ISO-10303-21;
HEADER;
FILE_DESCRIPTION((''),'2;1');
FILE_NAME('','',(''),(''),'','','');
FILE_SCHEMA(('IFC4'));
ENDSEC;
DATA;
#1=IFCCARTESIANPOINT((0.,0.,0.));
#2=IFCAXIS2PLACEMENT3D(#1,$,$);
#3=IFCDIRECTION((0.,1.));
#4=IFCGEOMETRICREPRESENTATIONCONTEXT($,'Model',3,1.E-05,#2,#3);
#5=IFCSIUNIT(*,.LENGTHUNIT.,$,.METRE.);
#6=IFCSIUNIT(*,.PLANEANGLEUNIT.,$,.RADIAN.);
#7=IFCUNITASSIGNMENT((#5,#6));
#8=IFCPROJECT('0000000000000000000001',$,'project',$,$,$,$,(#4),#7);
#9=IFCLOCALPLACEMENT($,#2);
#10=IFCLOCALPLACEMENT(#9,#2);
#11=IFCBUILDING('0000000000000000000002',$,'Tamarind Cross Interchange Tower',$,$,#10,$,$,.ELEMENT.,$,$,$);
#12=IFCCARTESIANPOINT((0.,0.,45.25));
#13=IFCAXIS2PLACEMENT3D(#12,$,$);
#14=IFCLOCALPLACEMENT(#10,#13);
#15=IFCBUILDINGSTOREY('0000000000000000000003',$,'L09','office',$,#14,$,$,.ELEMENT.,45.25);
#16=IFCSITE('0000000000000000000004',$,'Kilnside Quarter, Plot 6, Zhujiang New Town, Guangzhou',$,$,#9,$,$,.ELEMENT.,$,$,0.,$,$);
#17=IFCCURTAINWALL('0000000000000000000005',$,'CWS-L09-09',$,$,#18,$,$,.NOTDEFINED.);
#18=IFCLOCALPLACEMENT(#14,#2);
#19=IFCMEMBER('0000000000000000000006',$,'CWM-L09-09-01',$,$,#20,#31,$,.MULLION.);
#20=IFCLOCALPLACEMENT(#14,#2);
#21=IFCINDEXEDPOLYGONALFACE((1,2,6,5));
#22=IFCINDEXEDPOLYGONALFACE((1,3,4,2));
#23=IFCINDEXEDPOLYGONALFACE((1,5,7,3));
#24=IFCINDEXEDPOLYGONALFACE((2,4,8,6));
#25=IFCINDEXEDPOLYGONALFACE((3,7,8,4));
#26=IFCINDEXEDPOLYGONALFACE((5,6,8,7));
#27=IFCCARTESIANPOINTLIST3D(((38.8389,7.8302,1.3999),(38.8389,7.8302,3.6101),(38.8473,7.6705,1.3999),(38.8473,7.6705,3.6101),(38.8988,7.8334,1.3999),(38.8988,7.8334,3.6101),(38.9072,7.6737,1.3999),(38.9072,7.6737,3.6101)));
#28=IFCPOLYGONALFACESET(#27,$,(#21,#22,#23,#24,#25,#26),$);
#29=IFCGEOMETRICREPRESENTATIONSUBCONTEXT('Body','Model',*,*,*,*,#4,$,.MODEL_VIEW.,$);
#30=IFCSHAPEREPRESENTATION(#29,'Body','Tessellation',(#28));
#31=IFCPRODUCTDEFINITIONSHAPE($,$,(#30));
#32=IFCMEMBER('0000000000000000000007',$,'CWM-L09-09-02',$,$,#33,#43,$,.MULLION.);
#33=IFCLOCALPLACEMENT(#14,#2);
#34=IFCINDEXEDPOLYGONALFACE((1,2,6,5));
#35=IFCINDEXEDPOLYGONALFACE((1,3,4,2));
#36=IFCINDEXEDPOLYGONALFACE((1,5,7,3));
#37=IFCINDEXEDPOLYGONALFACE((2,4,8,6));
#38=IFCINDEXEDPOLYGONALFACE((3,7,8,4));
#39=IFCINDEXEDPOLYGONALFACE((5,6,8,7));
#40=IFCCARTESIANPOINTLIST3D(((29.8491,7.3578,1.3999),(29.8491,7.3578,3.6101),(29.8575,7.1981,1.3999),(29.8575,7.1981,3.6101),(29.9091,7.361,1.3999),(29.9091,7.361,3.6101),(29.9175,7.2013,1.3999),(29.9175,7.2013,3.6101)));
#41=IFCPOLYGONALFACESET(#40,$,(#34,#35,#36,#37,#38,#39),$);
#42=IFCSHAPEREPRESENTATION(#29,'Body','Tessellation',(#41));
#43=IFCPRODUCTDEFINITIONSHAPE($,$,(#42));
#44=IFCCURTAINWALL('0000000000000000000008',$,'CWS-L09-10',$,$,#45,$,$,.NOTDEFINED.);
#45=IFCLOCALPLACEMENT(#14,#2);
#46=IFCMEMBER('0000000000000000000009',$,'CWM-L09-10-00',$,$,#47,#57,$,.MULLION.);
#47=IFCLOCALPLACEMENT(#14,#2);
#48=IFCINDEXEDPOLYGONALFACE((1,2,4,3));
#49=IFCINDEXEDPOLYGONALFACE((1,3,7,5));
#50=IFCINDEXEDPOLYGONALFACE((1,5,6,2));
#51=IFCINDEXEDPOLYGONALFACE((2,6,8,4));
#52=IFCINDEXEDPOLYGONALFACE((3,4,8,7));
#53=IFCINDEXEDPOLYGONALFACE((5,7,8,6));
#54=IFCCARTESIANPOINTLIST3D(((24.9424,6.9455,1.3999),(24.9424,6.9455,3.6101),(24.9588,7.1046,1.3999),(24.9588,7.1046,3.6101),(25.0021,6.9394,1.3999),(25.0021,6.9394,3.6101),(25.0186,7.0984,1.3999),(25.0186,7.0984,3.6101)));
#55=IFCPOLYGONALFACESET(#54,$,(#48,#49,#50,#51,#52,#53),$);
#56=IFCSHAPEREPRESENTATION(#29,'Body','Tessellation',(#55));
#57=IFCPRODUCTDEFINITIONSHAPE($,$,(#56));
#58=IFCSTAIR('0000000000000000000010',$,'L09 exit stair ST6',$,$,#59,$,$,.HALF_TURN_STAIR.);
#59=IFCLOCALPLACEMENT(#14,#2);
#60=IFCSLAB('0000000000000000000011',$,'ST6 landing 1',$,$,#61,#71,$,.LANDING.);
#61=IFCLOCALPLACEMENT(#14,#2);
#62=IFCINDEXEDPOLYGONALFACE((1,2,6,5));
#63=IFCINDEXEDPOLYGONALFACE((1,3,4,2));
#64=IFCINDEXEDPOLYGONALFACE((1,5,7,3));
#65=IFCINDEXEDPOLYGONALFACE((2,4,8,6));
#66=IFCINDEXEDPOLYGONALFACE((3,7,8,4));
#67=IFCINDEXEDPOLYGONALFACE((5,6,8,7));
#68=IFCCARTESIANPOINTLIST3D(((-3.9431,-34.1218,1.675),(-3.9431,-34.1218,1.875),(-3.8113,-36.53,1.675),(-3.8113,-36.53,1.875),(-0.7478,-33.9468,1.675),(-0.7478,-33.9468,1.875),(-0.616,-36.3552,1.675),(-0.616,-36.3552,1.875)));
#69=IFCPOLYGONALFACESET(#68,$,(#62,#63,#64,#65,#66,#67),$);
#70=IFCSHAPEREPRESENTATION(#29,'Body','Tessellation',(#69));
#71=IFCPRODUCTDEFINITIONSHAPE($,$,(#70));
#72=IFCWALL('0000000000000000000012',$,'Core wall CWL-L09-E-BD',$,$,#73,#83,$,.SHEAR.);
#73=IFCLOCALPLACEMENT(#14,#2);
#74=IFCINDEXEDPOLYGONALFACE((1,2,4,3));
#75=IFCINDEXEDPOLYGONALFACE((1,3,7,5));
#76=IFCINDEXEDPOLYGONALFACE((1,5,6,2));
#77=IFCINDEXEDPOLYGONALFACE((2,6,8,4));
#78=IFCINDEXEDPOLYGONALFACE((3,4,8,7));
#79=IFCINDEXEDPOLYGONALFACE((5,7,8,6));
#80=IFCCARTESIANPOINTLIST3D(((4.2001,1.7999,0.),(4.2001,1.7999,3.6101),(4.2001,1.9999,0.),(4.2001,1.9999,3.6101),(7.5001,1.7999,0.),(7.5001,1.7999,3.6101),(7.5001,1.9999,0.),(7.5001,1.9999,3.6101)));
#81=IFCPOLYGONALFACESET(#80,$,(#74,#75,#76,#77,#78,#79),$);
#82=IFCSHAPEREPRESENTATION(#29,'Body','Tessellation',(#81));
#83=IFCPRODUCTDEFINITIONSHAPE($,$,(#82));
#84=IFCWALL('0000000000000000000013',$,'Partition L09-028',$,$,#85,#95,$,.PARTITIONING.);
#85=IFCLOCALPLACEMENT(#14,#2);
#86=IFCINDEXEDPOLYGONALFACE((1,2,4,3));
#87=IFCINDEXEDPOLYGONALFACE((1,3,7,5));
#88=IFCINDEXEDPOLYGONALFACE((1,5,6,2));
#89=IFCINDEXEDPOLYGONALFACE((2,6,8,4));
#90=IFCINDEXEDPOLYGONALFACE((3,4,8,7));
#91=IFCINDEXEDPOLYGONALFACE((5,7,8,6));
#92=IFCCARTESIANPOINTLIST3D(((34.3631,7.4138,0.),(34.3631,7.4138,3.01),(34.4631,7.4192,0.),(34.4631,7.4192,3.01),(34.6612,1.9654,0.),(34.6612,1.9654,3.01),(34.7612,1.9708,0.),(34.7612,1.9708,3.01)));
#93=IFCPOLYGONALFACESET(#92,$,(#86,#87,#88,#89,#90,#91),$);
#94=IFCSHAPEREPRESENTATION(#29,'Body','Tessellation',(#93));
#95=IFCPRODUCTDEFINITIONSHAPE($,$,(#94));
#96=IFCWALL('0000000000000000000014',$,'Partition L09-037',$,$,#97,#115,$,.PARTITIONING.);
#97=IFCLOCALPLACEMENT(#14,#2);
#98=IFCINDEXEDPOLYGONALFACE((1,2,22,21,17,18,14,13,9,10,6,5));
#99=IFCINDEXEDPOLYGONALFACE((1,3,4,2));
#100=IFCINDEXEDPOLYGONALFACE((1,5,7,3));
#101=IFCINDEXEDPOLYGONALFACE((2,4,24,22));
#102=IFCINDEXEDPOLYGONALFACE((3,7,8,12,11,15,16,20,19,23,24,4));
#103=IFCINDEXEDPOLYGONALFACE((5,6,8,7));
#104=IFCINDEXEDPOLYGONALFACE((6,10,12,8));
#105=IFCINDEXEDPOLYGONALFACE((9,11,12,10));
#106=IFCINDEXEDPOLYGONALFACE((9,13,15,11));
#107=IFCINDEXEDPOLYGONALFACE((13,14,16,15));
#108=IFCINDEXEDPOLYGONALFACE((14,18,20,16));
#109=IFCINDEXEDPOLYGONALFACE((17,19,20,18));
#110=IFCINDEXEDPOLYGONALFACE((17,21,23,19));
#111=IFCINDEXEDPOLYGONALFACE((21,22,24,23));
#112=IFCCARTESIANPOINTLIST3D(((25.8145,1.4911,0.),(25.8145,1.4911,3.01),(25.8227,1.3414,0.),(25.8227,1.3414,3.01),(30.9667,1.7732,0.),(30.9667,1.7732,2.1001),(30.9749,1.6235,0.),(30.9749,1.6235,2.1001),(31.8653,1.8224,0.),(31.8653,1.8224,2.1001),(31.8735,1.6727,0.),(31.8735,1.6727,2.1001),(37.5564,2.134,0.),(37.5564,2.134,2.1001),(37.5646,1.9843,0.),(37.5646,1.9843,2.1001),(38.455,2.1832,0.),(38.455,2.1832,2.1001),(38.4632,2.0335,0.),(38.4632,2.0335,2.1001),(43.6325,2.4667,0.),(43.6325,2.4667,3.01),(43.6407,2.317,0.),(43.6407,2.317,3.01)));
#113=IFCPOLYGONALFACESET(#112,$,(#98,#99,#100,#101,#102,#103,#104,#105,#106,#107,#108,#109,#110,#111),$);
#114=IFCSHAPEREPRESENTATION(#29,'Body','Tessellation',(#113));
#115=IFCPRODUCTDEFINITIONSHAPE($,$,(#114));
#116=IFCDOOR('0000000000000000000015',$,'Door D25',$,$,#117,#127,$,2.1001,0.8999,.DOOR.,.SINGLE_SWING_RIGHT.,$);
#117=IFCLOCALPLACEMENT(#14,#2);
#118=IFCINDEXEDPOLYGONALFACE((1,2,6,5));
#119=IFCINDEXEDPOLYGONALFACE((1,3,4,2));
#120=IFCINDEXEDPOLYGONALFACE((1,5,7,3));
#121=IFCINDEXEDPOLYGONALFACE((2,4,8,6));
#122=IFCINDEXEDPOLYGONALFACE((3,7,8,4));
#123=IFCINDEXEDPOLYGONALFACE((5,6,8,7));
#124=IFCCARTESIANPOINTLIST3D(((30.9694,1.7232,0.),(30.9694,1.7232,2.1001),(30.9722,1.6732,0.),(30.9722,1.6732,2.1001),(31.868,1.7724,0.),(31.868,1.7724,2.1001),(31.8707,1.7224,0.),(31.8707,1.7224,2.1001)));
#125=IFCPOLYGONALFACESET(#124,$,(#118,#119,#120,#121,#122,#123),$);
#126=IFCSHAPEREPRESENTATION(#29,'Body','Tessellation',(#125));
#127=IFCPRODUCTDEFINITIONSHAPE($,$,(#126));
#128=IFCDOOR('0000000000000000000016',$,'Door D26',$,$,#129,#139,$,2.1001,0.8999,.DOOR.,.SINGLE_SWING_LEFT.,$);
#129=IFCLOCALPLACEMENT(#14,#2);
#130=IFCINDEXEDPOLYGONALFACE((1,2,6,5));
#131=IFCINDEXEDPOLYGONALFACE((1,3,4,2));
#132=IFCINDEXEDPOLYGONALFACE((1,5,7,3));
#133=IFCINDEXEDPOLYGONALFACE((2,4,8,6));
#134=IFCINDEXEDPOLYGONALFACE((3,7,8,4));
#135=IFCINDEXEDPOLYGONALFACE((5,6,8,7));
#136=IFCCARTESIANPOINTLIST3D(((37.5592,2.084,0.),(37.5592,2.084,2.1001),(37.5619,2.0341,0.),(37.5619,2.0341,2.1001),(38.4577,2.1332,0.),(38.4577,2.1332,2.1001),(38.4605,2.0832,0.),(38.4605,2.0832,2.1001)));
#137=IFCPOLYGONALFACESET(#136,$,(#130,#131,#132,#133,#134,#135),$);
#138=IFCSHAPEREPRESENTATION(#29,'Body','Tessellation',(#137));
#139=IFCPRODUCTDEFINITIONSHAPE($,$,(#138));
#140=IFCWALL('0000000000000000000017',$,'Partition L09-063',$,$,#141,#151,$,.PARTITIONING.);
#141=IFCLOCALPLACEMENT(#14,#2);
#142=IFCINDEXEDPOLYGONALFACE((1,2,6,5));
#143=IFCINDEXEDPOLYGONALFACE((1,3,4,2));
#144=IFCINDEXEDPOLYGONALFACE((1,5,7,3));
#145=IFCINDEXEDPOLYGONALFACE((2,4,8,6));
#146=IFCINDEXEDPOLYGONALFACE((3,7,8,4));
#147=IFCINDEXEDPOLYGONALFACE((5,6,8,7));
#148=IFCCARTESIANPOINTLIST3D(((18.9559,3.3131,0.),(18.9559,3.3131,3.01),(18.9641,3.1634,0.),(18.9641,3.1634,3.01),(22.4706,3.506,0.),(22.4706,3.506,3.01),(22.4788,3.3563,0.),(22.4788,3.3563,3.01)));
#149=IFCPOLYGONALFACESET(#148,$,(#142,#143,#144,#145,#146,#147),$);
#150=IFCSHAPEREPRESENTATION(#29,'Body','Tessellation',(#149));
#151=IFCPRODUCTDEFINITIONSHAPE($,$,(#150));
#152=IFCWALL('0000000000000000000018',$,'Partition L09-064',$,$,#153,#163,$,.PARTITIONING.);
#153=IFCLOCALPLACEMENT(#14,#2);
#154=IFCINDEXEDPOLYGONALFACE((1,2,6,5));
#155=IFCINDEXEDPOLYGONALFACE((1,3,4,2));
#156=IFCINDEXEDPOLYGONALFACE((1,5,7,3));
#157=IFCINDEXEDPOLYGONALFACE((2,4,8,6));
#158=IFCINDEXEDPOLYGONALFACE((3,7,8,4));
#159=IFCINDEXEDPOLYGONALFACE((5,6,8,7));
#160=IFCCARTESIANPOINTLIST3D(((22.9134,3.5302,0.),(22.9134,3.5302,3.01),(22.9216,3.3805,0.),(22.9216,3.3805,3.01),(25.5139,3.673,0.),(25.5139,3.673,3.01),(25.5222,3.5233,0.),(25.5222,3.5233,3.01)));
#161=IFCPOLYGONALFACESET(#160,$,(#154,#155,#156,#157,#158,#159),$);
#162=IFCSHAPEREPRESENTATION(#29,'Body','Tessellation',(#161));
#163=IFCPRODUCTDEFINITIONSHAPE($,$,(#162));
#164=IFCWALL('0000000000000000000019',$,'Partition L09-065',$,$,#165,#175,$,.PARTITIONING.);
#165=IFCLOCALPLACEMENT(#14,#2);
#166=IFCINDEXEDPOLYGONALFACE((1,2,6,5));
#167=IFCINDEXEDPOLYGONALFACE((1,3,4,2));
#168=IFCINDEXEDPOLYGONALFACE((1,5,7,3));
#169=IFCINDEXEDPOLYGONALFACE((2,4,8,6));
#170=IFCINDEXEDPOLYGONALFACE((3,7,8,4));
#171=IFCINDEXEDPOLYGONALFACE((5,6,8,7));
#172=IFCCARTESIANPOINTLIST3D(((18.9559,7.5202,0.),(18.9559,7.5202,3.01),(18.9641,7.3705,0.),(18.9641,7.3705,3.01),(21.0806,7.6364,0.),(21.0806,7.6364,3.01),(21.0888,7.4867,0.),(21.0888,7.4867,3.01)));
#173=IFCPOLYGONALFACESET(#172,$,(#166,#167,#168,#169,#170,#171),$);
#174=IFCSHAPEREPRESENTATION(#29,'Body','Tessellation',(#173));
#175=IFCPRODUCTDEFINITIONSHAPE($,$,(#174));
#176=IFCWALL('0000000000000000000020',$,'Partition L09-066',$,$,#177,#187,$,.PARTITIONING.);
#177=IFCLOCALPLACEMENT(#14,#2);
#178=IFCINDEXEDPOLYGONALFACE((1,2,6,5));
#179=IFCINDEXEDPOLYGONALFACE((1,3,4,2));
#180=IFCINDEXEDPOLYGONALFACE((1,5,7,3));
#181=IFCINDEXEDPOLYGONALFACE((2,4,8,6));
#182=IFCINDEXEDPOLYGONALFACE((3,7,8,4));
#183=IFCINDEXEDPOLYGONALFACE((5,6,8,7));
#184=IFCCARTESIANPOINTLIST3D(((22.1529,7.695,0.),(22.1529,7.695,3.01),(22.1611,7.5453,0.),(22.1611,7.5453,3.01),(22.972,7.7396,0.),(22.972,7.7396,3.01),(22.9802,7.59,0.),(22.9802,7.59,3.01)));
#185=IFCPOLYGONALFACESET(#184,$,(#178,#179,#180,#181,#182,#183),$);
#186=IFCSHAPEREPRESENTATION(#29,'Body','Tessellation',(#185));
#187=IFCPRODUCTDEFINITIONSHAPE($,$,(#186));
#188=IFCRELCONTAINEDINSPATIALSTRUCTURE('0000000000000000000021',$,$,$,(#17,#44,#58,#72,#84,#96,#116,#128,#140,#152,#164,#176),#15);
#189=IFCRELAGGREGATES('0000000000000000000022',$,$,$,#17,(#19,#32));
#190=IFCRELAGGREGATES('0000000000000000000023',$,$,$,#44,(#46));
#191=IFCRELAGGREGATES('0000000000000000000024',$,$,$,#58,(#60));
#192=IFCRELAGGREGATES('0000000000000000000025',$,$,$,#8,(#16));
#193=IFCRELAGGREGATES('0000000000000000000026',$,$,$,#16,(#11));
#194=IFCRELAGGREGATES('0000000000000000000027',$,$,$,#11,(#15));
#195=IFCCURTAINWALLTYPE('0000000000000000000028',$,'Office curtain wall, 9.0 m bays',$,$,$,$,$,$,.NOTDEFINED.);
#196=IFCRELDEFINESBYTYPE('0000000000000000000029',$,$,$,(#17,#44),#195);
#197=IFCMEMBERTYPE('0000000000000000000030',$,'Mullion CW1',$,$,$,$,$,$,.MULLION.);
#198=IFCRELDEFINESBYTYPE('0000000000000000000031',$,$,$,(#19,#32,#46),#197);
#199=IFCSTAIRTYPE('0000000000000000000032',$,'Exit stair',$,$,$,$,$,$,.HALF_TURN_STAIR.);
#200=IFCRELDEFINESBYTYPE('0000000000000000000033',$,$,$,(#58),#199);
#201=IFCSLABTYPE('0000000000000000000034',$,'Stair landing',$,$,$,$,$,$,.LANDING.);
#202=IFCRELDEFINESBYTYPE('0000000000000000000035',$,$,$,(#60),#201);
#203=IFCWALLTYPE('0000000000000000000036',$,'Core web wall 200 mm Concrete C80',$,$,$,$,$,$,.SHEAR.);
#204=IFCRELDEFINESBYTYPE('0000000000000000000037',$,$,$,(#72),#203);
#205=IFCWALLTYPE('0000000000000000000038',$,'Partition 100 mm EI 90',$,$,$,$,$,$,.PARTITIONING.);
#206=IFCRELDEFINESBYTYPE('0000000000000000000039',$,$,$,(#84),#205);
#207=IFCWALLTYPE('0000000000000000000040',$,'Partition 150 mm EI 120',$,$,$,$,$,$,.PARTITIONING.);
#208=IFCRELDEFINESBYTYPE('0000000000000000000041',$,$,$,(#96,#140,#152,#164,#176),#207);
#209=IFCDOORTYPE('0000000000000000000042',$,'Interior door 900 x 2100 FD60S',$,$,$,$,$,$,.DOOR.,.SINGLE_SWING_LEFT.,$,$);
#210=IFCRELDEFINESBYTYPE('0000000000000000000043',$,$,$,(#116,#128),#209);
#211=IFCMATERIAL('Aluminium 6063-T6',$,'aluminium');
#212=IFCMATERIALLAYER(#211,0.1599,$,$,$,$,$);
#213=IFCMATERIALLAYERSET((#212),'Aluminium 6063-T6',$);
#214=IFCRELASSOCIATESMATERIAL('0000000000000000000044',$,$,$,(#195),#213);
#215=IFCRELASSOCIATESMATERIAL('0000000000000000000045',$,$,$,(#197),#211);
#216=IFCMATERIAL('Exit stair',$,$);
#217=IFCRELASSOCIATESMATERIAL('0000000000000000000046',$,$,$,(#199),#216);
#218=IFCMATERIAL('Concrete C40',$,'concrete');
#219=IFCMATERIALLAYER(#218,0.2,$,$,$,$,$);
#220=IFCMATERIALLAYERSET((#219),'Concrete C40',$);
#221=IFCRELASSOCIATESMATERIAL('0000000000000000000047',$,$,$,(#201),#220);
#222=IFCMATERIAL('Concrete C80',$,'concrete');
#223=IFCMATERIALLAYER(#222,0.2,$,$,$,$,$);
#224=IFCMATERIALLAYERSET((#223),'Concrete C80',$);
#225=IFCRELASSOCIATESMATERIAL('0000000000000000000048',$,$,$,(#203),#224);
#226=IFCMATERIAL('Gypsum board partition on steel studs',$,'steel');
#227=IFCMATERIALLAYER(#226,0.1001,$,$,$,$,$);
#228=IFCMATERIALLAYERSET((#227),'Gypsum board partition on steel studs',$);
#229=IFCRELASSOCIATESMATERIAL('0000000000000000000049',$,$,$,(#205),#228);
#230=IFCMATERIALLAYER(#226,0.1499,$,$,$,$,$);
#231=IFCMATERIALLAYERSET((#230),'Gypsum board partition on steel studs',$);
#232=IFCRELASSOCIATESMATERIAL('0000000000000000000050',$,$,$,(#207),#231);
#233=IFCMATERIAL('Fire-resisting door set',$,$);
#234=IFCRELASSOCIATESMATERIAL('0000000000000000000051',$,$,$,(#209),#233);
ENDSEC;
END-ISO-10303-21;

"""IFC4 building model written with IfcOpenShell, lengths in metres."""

from ifc_helpers import new_model, si_unit, direction, frame, frame_2d, origin, origin_2d, place, context, subcontext, project, spatial, polyline, rectangle, outline, extrude, material, layer, layer_set, material_profile, profile_set, type_object, element, fill, aggregate, save


model = new_model("IFC4")

# Units and contexts
model_context = context("Model", 3, precision=1e-05, world=origin(), true_north=direction((0.0, 1.0)))
body_context = subcontext(model_context, "Body", "Model", "MODEL_VIEW")
ifc_project = project(units=[si_unit("LENGTHUNIT", "METRE"), si_unit("PLANEANGLEUNIT", "RADIAN")], contexts=[model_context])

# Site, building, storey
site_placement = place(None, origin())
site = spatial("IfcSite", under=ifc_project, at=site_placement, Name="Kilnside Quarter, Plot 6, Zhujiang New Town, Guangzhou", CompositionType="ELEMENT", RefElevation=0.0)
building_placement = place(site_placement, origin())
building = spatial("IfcBuilding", under=site, at=building_placement, Name="Tamarind Cross Interchange Tower", CompositionType="ELEMENT")
storey_placement = place(building_placement, frame((0.0, 0.0, 45.25)))
storey = spatial("IfcBuildingStorey", under=building, at=storey_placement, Name="L09", Description="office", CompositionType="ELEMENT", Elevation=45.25)

# Curtain wall, members
ifc_material_1 = material(Name="Aluminium 6063-T6", Category="aluminium")
ifc_layer_1 = layer(ifc_material_1, 0.1599)
ifc_layer_set_1 = layer_set([ifc_layer_1], Name="Aluminium 6063-T6")
curtain_wall_type = type_object("IfcCurtainWallType", Name="Office curtain wall, 9.0 m bays", PredefinedType="NOTDEFINED", material=ifc_layer_set_1)
curtain_wall_1_placement = place(storey_placement, origin())
curtain_wall_1 = element("IfcCurtainWall", 1, at=curtain_wall_1_placement, inside=storey, type_object=curtain_wall_type, Name="CWS-L09-09", PredefinedType="NOTDEFINED")
ifc_material_profile_1 = material_profile(ifc_material_1, rectangle(XDim=0.0601, YDim=0.1599, at=origin_2d()), Name="Mullion CW1")
ifc_profile_set_1 = profile_set([ifc_material_profile_1], Name="Aluminium 6063-T6")
member_type = type_object("IfcMemberType", Name="Mullion CW1", PredefinedType="MULLION", material=ifc_profile_set_1)
member_1_placement = place(storey_placement, frame((38.873, 7.752, 1.3999), z_axis=(0.0, 0.0, 1.0), x_axis=(-0.998622, -0.052478, 0.0)))
member_1 = element("IfcMember", 2, at=member_1_placement, type_object=member_type, Name="CWM-L09-09-01", PredefinedType="MULLION", context=body_context, shape_type="SweptSolid", body=[
    extrude(rectangle(XDim=0.0601, YDim=0.1599, at=origin_2d()), origin(), (0.0, 0.0, 1.0), 2.2102),
])
member_2_placement = place(storey_placement, frame((29.8833, 7.2795, 1.3999), z_axis=(0.0, 0.0, 1.0), x_axis=(-0.998622, -0.052478, 0.0)))
member_2 = element("IfcMember", 3, at=member_2_placement, type_object=member_type, Name="CWM-L09-09-02", PredefinedType="MULLION", context=body_context, shape_type="SweptSolid", body=[
    extrude(rectangle(XDim=0.0601, YDim=0.1599, at=origin_2d()), origin(), (0.0, 0.0, 1.0), 2.2102),
])
aggregate(curtain_wall_1, [member_1, member_2])

# Curtain wall, member
curtain_wall_2_placement = place(storey_placement, origin())
curtain_wall_2 = element("IfcCurtainWall", 4, at=curtain_wall_2_placement, inside=storey, type_object=curtain_wall_type, Name="CWS-L09-10", PredefinedType="NOTDEFINED")
member_3_placement = place(storey_placement, frame((24.9805, 7.022, 1.3999), z_axis=(0.0, 0.0, 1.0), x_axis=(-0.994692, 0.102898, 0.0)))
member_3 = element("IfcMember", 5, at=member_3_placement, type_object=member_type, Name="CWM-L09-10-00", PredefinedType="MULLION", context=body_context, shape_type="SweptSolid", body=[
    extrude(rectangle(XDim=0.0601, YDim=0.1599, at=origin_2d()), origin(), (0.0, 0.0, 1.0), 2.2102),
])
aggregate(curtain_wall_2, [member_3])

# Stair, slab
ifc_material_2 = material(Name="Exit stair")
stair_type = type_object("IfcStairType", Name="Exit stair", PredefinedType="HALF_TURN_STAIR", material=ifc_material_2)
stair_placement = place(storey_placement, origin())
stair = element("IfcStair", 6, at=stair_placement, inside=storey, type_object=stair_type, Name="L09 exit stair ST6", PredefinedType="HALF_TURN_STAIR")
ifc_material_3 = material(Name="Concrete C40", Category="concrete")
ifc_layer_2 = layer(ifc_material_3, 0.2)
ifc_layer_set_2 = layer_set([ifc_layer_2], Name="Concrete C40")
slab_type = type_object("IfcSlabType", Name="Stair landing", PredefinedType="LANDING", material=ifc_layer_set_2)
slab_placement = place(storey_placement, frame((0.0, 0.0, 1.675)))
slab = element("IfcSlab", 7, at=slab_placement, type_object=slab_type, Name="ST6 landing 1", PredefinedType="LANDING", context=body_context, shape_type="SweptSolid", body=[
    extrude(outline(polyline([(-3.9431, -34.1218), (-3.8113, -36.53), (-0.616, -36.3552), (-0.7478, -33.9468), (-3.9431, -34.1218)])), origin(), (0.0, 0.0, 1.0), 0.2),
])
aggregate(stair, [slab])

# Walls
ifc_material_4 = material(Name="Concrete C80", Category="concrete")
ifc_layer_3 = layer(ifc_material_4, 0.2)
ifc_layer_set_3 = layer_set([ifc_layer_3], Name="Concrete C80")
wall_type_1 = type_object("IfcWallType", Name="Core web wall 200 mm Concrete C80", PredefinedType="SHEAR", material=ifc_layer_set_3)
wall_1_placement = place(storey_placement, frame((7.5, 1.8999, 0.0), z_axis=(0.0, 0.0, 1.0), x_axis=(-1.0, 0.0, 0.0)))
element("IfcWall", 8, at=wall_1_placement, inside=storey, type_object=wall_type_1, Name="Core wall CWL-L09-E-BD", PredefinedType="SHEAR", context=body_context, shape_type="SweptSolid", body=[
    extrude(rectangle(XDim=3.3, YDim=0.2, at=frame_2d((1.6499, 0.0))), origin(), (0.0, 0.0, 1.0), 3.6101),
])
ifc_material_5 = material(Name="Gypsum board partition on steel studs", Category="steel")
ifc_layer_4 = layer(ifc_material_5, 0.1001)
ifc_layer_set_4 = layer_set([ifc_layer_4], Name="Gypsum board partition on steel studs")
wall_type_2 = type_object("IfcWallType", Name="Partition 100 mm EI 90", PredefinedType="PARTITIONING", material=ifc_layer_set_4)
wall_2_placement = place(storey_placement, frame((34.4131, 7.4165, 0.0), z_axis=(0.0, 0.0, 1.0), x_axis=(0.05463, -0.998507, 0.0)))
element("IfcWall", 9, at=wall_2_placement, inside=storey, type_object=wall_type_2, Name="Partition L09-028", PredefinedType="PARTITIONING", context=body_context, shape_type="SweptSolid", body=[
    extrude(rectangle(XDim=5.4565, YDim=0.1001, at=frame_2d((2.7283, 0.0))), origin(), (0.0, 0.0, 1.0), 3.01),
])

# Wall, openings, doors
ifc_layer_5 = layer(ifc_material_5, 0.1499)
ifc_layer_set_5 = layer_set([ifc_layer_5], Name="Gypsum board partition on steel studs")
wall_type_3 = type_object("IfcWallType", Name="Partition 150 mm EI 120", PredefinedType="PARTITIONING", material=ifc_layer_set_5)
wall_3_placement = place(storey_placement, frame((25.8186, 1.4163, 0.0), z_axis=(0.0, 0.0, 1.0), x_axis=(0.998504, 0.054671, 0.0)))
wall_3 = element("IfcWall", 10, at=wall_3_placement, inside=storey, type_object=wall_type_3, Name="Partition L09-037", PredefinedType="PARTITIONING", context=body_context, shape_type="SweptSolid", body=[
    extrude(rectangle(XDim=17.8447, YDim=0.1499, at=frame_2d((8.9224, 0.0))), origin(), (0.0, 0.0, 1.0), 3.01),
])
opening_1_placement = place(wall_3_placement, frame((5.1599, 0.0, 0.0)))
opening_1 = element("IfcOpeningElement", 11, at=opening_1_placement, cuts=wall_3, PredefinedType="OPENING", context=body_context, shape_type="SweptSolid", body=[
    extrude(rectangle(XDim=0.8999, YDim=2.1001, at=frame_2d((0.45, 1.05))), frame((0.0, 0.085, 0.0), z_axis=(0.0, -1.0, 0.0), x_axis=(1.0, 0.0, 0.0)), (0.0, 0.0, 1.0), 0.1699),
])
opening_2_placement = place(wall_3_placement, frame((11.7595, 0.0, 0.0)))
opening_2 = element("IfcOpeningElement", 12, at=opening_2_placement, cuts=wall_3, PredefinedType="OPENING", context=body_context, shape_type="SweptSolid", body=[
    extrude(rectangle(XDim=0.8999, YDim=2.1001, at=frame_2d((0.45, 1.05))), frame((0.0, 0.085, 0.0), z_axis=(0.0, -1.0, 0.0), x_axis=(1.0, 0.0, 0.0)), (0.0, 0.0, 1.0), 0.1699),
])
ifc_material_6 = material(Name="Fire-resisting door set")
door_type_1 = type_object("IfcDoorType", Name="Interior door 900 x 2100 FD60S", OperationType="SINGLE_SWING_LEFT", PredefinedType="DOOR", material=ifc_material_6)
door_1_placement = place(opening_1_placement, origin())
door_1 = element("IfcDoor", 13, at=door_1_placement, inside=storey, type_object=door_type_1, Name="Door D25", OperationType="SINGLE_SWING_RIGHT", OverallHeight=2.1001, OverallWidth=0.8999, PredefinedType="DOOR", context=body_context, shape_type="SweptSolid", body=[
    extrude(rectangle(XDim=0.8999, YDim=2.1001, at=frame_2d((0.45, 1.05))), frame((0.0, 0.0249, 0.0), z_axis=(0.0, -1.0, 0.0), x_axis=(1.0, 0.0, 0.0)), (0.0, 0.0, 1.0), 0.05),
])
fill(opening_1, door_1)
door_2_placement = place(opening_2_placement, origin())
door_2 = element("IfcDoor", 14, at=door_2_placement, inside=storey, type_object=door_type_1, Name="Door D26", OperationType="SINGLE_SWING_LEFT", OverallHeight=2.1001, OverallWidth=0.8999, PredefinedType="DOOR", context=body_context, shape_type="SweptSolid", body=[
    extrude(rectangle(XDim=0.8999, YDim=2.1001, at=frame_2d((0.45, 1.05))), frame((0.0, 0.0249, 0.0), z_axis=(0.0, -1.0, 0.0), x_axis=(1.0, 0.0, 0.0)), (0.0, 0.0, 1.0), 0.05),
])
fill(opening_2, door_2)

# Walls
wall_4_placement = place(storey_placement, frame((18.96, 3.2383, 0.0), z_axis=(0.0, 0.0, 1.0), x_axis=(0.998498, 0.054794, 0.0)))
element("IfcWall", 15, at=wall_4_placement, inside=storey, type_object=wall_type_3, Name="Partition L09-063", PredefinedType="PARTITIONING", context=body_context, shape_type="SweptSolid", body=[
    extrude(rectangle(XDim=3.52, YDim=0.1499, at=frame_2d((1.76, 0.0))), origin(), (0.0, 0.0, 1.0), 3.01),
])
wall_5_placement = place(storey_placement, frame((22.9175, 3.4553, 0.0), z_axis=(0.0, 0.0, 1.0), x_axis=(0.998495, 0.054837, 0.0)))
element("IfcWall", 16, at=wall_5_placement, inside=storey, type_object=wall_type_3, Name="Partition L09-064", PredefinedType="PARTITIONING", context=body_context, shape_type="SweptSolid", body=[
    extrude(rectangle(XDim=2.6045, YDim=0.1499, at=frame_2d((1.3022, 0.0))), origin(), (0.0, 0.0, 1.0), 3.01),
])
wall_6_placement = place(storey_placement, frame((18.96, 7.4453, 0.0), z_axis=(0.0, 0.0, 1.0), x_axis=(0.998508, 0.054612, 0.0)))
element("IfcWall", 17, at=wall_6_placement, inside=storey, type_object=wall_type_3, Name="Partition L09-065", PredefinedType="PARTITIONING", context=body_context, shape_type="SweptSolid", body=[
    extrude(rectangle(XDim=2.1279, YDim=0.1499, at=frame_2d((1.064, 0.0))), origin(), (0.0, 0.0, 1.0), 3.01),
])
wall_7_placement = place(storey_placement, frame((22.157, 7.6201, 0.0), z_axis=(0.0, 0.0, 1.0), x_axis=(0.998516, 0.054464, 0.0)))
element("IfcWall", 18, at=wall_7_placement, inside=storey, type_object=wall_type_3, Name="Partition L09-066", PredefinedType="PARTITIONING", context=body_context, shape_type="SweptSolid", body=[
    extrude(rectangle(XDim=0.8203, YDim=0.1499, at=frame_2d((0.4102, 0.0))), origin(), (0.0, 0.0, 1.0), 3.01),
])

save(model, "model.ifc")
